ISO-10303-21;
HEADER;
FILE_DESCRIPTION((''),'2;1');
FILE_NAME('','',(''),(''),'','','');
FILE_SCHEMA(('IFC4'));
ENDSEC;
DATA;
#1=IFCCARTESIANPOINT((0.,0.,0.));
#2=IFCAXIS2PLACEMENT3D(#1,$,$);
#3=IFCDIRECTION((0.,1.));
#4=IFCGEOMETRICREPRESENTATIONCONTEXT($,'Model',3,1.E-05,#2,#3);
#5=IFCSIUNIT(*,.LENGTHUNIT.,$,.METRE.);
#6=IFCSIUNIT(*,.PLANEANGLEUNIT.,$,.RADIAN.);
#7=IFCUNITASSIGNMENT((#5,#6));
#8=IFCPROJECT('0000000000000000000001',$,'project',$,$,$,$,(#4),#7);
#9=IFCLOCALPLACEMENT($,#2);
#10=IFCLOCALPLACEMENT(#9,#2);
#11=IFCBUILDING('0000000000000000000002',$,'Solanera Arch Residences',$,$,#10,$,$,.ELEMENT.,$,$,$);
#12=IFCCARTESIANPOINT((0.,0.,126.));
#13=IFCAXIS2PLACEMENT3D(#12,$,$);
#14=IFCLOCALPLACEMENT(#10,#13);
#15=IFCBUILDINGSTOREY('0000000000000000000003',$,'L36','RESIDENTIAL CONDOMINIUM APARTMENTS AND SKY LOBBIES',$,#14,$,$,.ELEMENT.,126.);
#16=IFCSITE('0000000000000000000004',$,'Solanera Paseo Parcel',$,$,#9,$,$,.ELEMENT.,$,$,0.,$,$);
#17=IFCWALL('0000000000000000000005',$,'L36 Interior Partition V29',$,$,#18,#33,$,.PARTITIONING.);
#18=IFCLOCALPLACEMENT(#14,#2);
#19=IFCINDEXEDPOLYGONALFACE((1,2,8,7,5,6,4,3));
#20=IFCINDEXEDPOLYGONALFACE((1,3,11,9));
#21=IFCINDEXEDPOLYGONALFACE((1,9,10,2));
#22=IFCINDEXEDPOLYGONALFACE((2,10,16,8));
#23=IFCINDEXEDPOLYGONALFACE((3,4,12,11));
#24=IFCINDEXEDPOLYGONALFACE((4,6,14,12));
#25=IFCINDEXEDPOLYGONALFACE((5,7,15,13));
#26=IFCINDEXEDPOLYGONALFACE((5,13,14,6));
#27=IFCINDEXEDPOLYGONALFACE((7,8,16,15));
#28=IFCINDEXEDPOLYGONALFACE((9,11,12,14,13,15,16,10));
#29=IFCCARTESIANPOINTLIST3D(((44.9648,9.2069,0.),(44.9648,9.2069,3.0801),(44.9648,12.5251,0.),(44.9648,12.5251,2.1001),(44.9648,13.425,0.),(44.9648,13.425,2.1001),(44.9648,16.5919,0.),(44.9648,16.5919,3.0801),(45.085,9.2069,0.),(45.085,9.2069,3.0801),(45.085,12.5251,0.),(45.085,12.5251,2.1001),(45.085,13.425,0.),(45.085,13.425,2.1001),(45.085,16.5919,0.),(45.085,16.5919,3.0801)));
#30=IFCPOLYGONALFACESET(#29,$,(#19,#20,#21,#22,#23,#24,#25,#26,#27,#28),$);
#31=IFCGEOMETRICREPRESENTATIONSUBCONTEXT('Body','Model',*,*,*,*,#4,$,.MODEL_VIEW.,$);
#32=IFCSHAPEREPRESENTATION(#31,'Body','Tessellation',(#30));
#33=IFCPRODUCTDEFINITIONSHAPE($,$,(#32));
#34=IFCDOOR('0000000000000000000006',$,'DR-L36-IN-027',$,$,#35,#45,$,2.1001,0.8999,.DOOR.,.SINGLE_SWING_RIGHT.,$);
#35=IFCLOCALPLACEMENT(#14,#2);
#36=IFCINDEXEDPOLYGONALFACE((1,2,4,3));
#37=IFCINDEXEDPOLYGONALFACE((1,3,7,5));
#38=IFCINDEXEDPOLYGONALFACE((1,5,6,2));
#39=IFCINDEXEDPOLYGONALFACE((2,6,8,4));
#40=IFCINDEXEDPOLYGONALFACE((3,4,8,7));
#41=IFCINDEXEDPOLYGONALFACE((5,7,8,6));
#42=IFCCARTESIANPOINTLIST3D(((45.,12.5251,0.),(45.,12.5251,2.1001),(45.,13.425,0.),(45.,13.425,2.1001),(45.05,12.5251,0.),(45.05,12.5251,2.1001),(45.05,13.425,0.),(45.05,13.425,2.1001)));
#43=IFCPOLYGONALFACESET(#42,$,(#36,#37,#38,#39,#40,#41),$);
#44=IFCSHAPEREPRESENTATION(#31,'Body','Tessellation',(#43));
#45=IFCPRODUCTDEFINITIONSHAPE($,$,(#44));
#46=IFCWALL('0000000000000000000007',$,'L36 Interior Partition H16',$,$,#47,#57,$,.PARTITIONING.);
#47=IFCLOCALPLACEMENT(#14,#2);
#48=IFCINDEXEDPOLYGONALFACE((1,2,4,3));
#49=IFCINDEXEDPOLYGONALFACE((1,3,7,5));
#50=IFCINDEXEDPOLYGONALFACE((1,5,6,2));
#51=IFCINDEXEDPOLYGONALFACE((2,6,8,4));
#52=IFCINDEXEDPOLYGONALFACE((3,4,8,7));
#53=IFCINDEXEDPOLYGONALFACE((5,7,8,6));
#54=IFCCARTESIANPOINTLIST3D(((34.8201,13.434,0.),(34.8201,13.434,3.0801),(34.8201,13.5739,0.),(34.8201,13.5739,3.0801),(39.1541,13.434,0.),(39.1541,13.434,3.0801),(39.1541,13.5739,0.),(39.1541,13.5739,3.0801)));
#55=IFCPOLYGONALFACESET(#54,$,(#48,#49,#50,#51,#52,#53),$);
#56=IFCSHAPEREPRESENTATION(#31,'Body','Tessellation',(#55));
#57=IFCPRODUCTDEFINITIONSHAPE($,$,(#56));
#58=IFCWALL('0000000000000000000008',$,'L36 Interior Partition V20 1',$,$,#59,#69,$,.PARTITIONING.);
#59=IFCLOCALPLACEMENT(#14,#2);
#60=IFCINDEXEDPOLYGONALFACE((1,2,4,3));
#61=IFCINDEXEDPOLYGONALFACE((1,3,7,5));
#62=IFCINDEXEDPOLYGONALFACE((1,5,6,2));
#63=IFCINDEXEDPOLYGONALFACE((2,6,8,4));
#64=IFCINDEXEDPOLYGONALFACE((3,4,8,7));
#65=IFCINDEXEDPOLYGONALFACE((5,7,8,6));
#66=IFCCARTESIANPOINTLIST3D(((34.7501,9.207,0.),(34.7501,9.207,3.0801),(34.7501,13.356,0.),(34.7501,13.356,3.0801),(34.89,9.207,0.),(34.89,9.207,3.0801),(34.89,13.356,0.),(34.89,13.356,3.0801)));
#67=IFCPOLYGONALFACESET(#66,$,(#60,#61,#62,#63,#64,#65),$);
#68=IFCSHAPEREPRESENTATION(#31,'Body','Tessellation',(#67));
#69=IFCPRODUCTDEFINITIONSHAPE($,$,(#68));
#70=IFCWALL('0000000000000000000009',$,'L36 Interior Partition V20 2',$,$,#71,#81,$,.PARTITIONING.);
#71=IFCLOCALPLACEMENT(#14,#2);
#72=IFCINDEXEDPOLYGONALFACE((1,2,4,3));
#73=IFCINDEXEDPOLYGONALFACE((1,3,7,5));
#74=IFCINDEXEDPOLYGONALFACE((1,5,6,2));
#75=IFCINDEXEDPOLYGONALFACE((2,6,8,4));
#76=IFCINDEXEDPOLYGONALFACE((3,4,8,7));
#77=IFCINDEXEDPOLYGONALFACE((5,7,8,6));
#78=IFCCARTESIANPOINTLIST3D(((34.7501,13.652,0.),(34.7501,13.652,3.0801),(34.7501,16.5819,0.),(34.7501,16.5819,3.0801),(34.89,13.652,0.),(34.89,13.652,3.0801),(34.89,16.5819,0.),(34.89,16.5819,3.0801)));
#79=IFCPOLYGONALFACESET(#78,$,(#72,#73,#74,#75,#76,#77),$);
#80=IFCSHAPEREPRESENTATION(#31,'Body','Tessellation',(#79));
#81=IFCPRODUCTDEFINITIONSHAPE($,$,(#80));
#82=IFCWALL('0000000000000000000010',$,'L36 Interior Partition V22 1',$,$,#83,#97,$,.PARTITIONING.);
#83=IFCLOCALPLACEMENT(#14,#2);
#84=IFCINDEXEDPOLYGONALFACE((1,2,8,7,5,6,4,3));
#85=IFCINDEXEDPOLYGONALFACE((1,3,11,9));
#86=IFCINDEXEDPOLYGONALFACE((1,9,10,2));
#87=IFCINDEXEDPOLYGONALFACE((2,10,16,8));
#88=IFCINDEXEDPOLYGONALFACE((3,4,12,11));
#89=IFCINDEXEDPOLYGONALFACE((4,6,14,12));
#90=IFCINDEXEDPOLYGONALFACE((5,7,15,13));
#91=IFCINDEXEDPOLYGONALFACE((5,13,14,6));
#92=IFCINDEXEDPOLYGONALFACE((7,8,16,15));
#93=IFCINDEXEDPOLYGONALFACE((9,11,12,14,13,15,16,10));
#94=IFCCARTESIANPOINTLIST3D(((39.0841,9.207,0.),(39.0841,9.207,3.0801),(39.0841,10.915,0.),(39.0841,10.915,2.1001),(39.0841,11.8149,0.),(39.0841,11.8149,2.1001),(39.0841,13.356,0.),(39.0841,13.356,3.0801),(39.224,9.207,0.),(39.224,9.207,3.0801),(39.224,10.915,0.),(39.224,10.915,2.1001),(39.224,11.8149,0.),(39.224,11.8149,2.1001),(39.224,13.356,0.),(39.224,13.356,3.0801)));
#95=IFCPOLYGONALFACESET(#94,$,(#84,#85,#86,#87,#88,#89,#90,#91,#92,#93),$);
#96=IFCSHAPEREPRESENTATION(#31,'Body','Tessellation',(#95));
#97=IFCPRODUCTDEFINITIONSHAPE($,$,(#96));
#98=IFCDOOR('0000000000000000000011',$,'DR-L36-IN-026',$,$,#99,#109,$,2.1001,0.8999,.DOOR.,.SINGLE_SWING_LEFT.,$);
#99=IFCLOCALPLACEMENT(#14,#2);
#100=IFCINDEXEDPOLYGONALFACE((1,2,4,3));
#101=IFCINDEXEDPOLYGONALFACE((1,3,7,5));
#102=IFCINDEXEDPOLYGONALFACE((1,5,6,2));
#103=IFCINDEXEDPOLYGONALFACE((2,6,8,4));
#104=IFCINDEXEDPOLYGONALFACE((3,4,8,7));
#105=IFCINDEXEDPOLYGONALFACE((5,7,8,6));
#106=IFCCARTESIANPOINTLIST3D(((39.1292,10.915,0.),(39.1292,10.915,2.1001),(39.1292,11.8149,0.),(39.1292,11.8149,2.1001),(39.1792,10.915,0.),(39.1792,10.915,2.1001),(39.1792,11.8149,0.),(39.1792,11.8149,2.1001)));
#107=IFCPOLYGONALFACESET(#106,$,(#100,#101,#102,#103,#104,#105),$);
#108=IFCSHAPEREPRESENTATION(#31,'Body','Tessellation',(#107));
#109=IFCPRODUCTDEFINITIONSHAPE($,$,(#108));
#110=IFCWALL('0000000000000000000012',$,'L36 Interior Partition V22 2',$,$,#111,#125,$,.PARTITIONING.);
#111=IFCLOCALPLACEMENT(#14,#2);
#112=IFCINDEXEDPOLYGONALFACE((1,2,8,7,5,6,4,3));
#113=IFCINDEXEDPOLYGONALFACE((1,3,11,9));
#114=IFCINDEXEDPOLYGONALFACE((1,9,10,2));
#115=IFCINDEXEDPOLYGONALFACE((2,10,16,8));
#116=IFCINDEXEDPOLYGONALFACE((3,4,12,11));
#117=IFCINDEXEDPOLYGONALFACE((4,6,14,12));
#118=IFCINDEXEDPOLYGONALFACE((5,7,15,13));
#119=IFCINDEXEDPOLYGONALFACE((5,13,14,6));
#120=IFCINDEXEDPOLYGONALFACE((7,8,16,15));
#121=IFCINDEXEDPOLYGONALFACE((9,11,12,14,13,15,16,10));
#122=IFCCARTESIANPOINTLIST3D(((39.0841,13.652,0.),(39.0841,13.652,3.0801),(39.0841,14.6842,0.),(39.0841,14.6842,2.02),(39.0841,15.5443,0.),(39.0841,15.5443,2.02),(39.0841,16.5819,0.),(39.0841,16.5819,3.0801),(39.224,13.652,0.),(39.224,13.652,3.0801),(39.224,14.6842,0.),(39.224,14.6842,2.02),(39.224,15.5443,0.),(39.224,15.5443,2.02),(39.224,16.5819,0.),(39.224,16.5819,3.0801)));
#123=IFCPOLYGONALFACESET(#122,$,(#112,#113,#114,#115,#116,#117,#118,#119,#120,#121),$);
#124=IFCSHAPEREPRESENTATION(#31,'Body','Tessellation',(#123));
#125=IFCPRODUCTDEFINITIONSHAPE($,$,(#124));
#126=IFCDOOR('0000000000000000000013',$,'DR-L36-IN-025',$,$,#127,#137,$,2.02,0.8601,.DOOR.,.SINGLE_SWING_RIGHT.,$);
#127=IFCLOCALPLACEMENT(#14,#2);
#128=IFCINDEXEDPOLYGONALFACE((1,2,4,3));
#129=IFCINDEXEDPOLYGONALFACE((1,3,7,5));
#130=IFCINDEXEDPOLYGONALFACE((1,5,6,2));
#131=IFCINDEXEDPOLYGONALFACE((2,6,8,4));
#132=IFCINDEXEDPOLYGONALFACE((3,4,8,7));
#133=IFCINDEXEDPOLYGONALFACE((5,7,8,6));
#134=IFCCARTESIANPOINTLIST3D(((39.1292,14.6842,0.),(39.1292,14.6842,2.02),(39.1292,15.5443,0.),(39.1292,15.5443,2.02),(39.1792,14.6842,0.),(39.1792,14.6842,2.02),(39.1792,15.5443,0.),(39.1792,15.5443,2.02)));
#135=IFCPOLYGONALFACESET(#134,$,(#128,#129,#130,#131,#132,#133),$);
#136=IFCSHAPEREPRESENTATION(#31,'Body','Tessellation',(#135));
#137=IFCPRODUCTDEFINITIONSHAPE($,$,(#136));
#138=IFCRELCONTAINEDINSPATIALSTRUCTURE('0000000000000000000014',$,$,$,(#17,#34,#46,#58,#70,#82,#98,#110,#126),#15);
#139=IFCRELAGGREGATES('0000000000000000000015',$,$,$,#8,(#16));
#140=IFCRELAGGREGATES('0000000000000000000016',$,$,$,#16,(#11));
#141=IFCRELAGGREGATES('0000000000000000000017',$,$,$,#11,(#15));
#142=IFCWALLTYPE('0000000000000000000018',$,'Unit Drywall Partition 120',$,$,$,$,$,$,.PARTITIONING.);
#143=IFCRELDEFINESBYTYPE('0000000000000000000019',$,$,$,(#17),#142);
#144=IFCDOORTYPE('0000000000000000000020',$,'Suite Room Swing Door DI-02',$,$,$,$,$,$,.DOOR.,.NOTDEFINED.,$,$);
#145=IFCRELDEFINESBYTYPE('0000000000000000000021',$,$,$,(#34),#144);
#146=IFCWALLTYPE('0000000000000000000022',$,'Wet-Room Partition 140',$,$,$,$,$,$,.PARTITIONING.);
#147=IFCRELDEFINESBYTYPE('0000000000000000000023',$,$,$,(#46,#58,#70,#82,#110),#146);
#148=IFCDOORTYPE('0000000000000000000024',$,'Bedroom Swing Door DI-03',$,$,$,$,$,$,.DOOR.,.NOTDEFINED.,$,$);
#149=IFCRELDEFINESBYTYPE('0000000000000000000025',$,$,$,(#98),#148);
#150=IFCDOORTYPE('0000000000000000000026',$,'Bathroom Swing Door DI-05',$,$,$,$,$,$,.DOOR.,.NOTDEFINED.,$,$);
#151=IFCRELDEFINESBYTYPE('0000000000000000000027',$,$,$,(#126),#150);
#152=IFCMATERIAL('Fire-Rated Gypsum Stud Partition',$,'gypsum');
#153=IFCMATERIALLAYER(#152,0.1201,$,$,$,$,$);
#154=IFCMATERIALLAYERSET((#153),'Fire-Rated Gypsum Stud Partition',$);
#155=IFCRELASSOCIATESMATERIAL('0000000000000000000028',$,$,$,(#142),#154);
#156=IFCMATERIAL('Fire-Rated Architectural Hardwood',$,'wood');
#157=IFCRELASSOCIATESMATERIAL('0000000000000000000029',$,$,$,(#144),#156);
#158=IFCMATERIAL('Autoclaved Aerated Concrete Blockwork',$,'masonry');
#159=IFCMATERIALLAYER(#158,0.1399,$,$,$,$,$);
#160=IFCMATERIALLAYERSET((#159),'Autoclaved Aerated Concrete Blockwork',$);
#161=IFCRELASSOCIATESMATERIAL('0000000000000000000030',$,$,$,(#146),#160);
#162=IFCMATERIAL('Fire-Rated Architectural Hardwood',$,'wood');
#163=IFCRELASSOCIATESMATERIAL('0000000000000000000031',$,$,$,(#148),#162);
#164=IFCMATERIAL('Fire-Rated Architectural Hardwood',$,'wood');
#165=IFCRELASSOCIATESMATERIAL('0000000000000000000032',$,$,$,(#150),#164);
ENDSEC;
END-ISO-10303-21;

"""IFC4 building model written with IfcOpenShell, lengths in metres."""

from ifc_helpers import new_model, si_unit, direction, frame, frame_2d, origin, place, context, subcontext, project, spatial, rectangle, extrude, material, layer, layer_set, type_object, element, fill, save


model = new_model("IFC4")

# Units and contexts
model_context = context("Model", 3, precision=1e-05, world=origin(), true_north=direction((0.0, 1.0)))
body_context = subcontext(model_context, "Body", "Model", "MODEL_VIEW")
ifc_project = project(units=[si_unit("LENGTHUNIT", "METRE"), si_unit("PLANEANGLEUNIT", "RADIAN")], contexts=[model_context])

# Site, building, storey
site_placement = place(None, origin())
site = spatial("IfcSite", under=ifc_project, at=site_placement, Name="Solanera Paseo Parcel", CompositionType="ELEMENT", RefElevation=0.0)
building_placement = place(site_placement, origin())
building = spatial("IfcBuilding", under=site, at=building_placement, Name="Solanera Arch Residences", CompositionType="ELEMENT")
storey_placement = place(building_placement, frame((0.0, 0.0, 126.0)))
storey = spatial("IfcBuildingStorey", under=building, at=storey_placement, Name="L36", Description="RESIDENTIAL CONDOMINIUM APARTMENTS AND SKY LOBBIES", CompositionType="ELEMENT", Elevation=126.0)

# Shared definitions
ifc_material_1 = material(Name="Fire-Rated Gypsum Stud Partition", Category="gypsum")
ifc_layer_1 = layer(ifc_material_1, 0.1201)
ifc_layer_set_1 = layer_set([ifc_layer_1], Name="Fire-Rated Gypsum Stud Partition")
wall_type_1 = type_object("IfcWallType", Name="Unit Drywall Partition 120", PredefinedType="PARTITIONING", material=ifc_layer_set_1)

# Wall, opening, door
wall_1_placement = place(storey_placement, frame((45.0249, 9.207, 0.0), z_axis=(0.0, 0.0, 1.0), x_axis=(0.0, 1.0, 0.0)))
wall_1 = element("IfcWall", 1, at=wall_1_placement, inside=storey, type_object=wall_type_1, Name="L36 Interior Partition V29", PredefinedType="PARTITIONING", context=body_context, shape_type="SweptSolid", body=[
    extrude(rectangle(XDim=7.385, YDim=0.1201, at=frame_2d((3.6924, 0.0))), origin(), (0.0, 0.0, 1.0), 3.0801),
])
opening_1_placement = place(wall_1_placement, frame((3.3181, 0.0, 0.0)))
opening_1 = element("IfcOpeningElement", 2, at=opening_1_placement, cuts=wall_1, PredefinedType="OPENING", context=body_context, shape_type="SweptSolid", body=[
    extrude(rectangle(XDim=0.8999, YDim=2.1001, at=frame_2d((0.45, 1.05))), frame((0.0, 0.0701, 0.0), z_axis=(0.0, -1.0, 0.0), x_axis=(1.0, 0.0, 0.0)), (0.0, 0.0, 1.0), 0.1401),
])
ifc_material_2 = material(Name="Fire-Rated Architectural Hardwood", Category="wood")
door_type_1 = type_object("IfcDoorType", Name="Suite Room Swing Door DI-02", OperationType="NOTDEFINED", PredefinedType="DOOR", material=ifc_material_2)
door_1_placement = place(opening_1_placement, origin())
door_1 = element("IfcDoor", 3, at=door_1_placement, inside=storey, type_object=door_type_1, Name="DR-L36-IN-027", OperationType="SINGLE_SWING_RIGHT", OverallHeight=2.1001, OverallWidth=0.8999, PredefinedType="DOOR", context=body_context, shape_type="SweptSolid", body=[
    extrude(rectangle(XDim=0.8999, YDim=2.1001, at=frame_2d((0.45, 1.05))), frame((0.0, 0.0249, 0.0), z_axis=(0.0, -1.0, 0.0), x_axis=(1.0, 0.0, 0.0)), (0.0, 0.0, 1.0), 0.05),
])
fill(opening_1, door_1)

# Walls
ifc_material_3 = material(Name="Autoclaved Aerated Concrete Blockwork", Category="masonry")
ifc_layer_2 = layer(ifc_material_3, 0.1399)
ifc_layer_set_2 = layer_set([ifc_layer_2], Name="Autoclaved Aerated Concrete Blockwork")
wall_type_2 = type_object("IfcWallType", Name="Wet-Room Partition 140", PredefinedType="PARTITIONING", material=ifc_layer_set_2)
wall_2_placement = place(storey_placement, frame((34.8201, 13.5039, 0.0), z_axis=(0.0, 0.0, 1.0), x_axis=(1.0, 0.0, 0.0)))
element("IfcWall", 4, at=wall_2_placement, inside=storey, type_object=wall_type_2, Name="L36 Interior Partition H16", PredefinedType="PARTITIONING", context=body_context, shape_type="SweptSolid", body=[
    extrude(rectangle(XDim=4.334, YDim=0.1399, at=frame_2d((2.167, 0.0))), origin(), (0.0, 0.0, 1.0), 3.0801),
])
wall_3_placement = place(storey_placement, frame((34.8201, 9.207, 0.0), z_axis=(0.0, 0.0, 1.0), x_axis=(0.0, 1.0, 0.0)))
element("IfcWall", 5, at=wall_3_placement, inside=storey, type_object=wall_type_2, Name="L36 Interior Partition V20 1", PredefinedType="PARTITIONING", context=body_context, shape_type="SweptSolid", body=[
    extrude(rectangle(XDim=4.1489, YDim=0.1399, at=frame_2d((2.0745, 0.0))), origin(), (0.0, 0.0, 1.0), 3.0801),
])
wall_4_placement = place(storey_placement, frame((34.8201, 13.6521, 0.0), z_axis=(0.0, 0.0, 1.0), x_axis=(0.0, 1.0, 0.0)))
element("IfcWall", 6, at=wall_4_placement, inside=storey, type_object=wall_type_2, Name="L36 Interior Partition V20 2", PredefinedType="PARTITIONING", context=body_context, shape_type="SweptSolid", body=[
    extrude(rectangle(XDim=2.9299, YDim=0.1399, at=frame_2d((1.4648, 0.0))), origin(), (0.0, 0.0, 1.0), 3.0801),
])

# Walls, openings, doors
wall_5_placement = place(storey_placement, frame((39.1541, 9.207, 0.0), z_axis=(0.0, 0.0, 1.0), x_axis=(0.0, 1.0, 0.0)))
wall_5 = element("IfcWall", 7, at=wall_5_placement, inside=storey, type_object=wall_type_2, Name="L36 Interior Partition V22 1", PredefinedType="PARTITIONING", context=body_context, shape_type="SweptSolid", body=[
    extrude(rectangle(XDim=4.1489, YDim=0.1399, at=frame_2d((2.0745, 0.0))), origin(), (0.0, 0.0, 1.0), 3.0801),
])
opening_2_placement = place(wall_5_placement, frame((1.708, 0.0, 0.0)))
opening_2 = element("IfcOpeningElement", 8, at=opening_2_placement, cuts=wall_5, PredefinedType="OPENING", context=body_context, shape_type="SweptSolid", body=[
    extrude(rectangle(XDim=0.8999, YDim=2.1001, at=frame_2d((0.45, 1.05))), frame((0.0, 0.0798, 0.0), z_axis=(0.0, -1.0, 0.0), x_axis=(1.0, 0.0, 0.0)), (0.0, 0.0, 1.0), 0.1599),
])
ifc_material_4 = material(Name="Fire-Rated Architectural Hardwood", Category="wood")
door_type_2 = type_object("IfcDoorType", Name="Bedroom Swing Door DI-03", OperationType="NOTDEFINED", PredefinedType="DOOR", material=ifc_material_4)
door_2_placement = place(opening_2_placement, origin())
door_2 = element("IfcDoor", 9, at=door_2_placement, inside=storey, type_object=door_type_2, Name="DR-L36-IN-026", OperationType="SINGLE_SWING_LEFT", OverallHeight=2.1001, OverallWidth=0.8999, PredefinedType="DOOR", context=body_context, shape_type="SweptSolid", body=[
    extrude(rectangle(XDim=0.8999, YDim=2.1001, at=frame_2d((0.45, 1.05))), frame((0.0, 0.0249, 0.0), z_axis=(0.0, -1.0, 0.0), x_axis=(1.0, 0.0, 0.0)), (0.0, 0.0, 1.0), 0.05),
])
fill(opening_2, door_2)
wall_6_placement = place(storey_placement, frame((39.1541, 13.6521, 0.0), z_axis=(0.0, 0.0, 1.0), x_axis=(0.0, 1.0, 0.0)))
wall_6 = element("IfcWall", 10, at=wall_6_placement, inside=storey, type_object=wall_type_2, Name="L36 Interior Partition V22 2", PredefinedType="PARTITIONING", context=body_context, shape_type="SweptSolid", body=[
    extrude(rectangle(XDim=2.9299, YDim=0.1399, at=frame_2d((1.4648, 0.0))), origin(), (0.0, 0.0, 1.0), 3.0801),
])
opening_3_placement = place(wall_6_placement, frame((1.032, 0.0, 0.0)))
opening_3 = element("IfcOpeningElement", 11, at=opening_3_placement, cuts=wall_6, PredefinedType="OPENING", context=body_context, shape_type="SweptSolid", body=[
    extrude(rectangle(XDim=0.8601, YDim=2.02, at=frame_2d((0.4302, 1.01))), frame((0.0, 0.0798, 0.0), z_axis=(0.0, -1.0, 0.0), x_axis=(1.0, 0.0, 0.0)), (0.0, 0.0, 1.0), 0.1599),
])
ifc_material_5 = material(Name="Fire-Rated Architectural Hardwood", Category="wood")
door_type_3 = type_object("IfcDoorType", Name="Bathroom Swing Door DI-05", OperationType="NOTDEFINED", PredefinedType="DOOR", material=ifc_material_5)
door_3_placement = place(opening_3_placement, origin())
door_3 = element("IfcDoor", 12, at=door_3_placement, inside=storey, type_object=door_type_3, Name="DR-L36-IN-025", OperationType="SINGLE_SWING_RIGHT", OverallHeight=2.02, OverallWidth=0.8601, PredefinedType="DOOR", context=body_context, shape_type="SweptSolid", body=[
    extrude(rectangle(XDim=0.8601, YDim=2.02, at=frame_2d((0.4302, 1.01))), frame((0.0, 0.0249, 0.0), z_axis=(0.0, -1.0, 0.0), x_axis=(1.0, 0.0, 0.0)), (0.0, 0.0, 1.0), 0.05),
])
fill(opening_3, door_3)

save(model, "model.ifc")
